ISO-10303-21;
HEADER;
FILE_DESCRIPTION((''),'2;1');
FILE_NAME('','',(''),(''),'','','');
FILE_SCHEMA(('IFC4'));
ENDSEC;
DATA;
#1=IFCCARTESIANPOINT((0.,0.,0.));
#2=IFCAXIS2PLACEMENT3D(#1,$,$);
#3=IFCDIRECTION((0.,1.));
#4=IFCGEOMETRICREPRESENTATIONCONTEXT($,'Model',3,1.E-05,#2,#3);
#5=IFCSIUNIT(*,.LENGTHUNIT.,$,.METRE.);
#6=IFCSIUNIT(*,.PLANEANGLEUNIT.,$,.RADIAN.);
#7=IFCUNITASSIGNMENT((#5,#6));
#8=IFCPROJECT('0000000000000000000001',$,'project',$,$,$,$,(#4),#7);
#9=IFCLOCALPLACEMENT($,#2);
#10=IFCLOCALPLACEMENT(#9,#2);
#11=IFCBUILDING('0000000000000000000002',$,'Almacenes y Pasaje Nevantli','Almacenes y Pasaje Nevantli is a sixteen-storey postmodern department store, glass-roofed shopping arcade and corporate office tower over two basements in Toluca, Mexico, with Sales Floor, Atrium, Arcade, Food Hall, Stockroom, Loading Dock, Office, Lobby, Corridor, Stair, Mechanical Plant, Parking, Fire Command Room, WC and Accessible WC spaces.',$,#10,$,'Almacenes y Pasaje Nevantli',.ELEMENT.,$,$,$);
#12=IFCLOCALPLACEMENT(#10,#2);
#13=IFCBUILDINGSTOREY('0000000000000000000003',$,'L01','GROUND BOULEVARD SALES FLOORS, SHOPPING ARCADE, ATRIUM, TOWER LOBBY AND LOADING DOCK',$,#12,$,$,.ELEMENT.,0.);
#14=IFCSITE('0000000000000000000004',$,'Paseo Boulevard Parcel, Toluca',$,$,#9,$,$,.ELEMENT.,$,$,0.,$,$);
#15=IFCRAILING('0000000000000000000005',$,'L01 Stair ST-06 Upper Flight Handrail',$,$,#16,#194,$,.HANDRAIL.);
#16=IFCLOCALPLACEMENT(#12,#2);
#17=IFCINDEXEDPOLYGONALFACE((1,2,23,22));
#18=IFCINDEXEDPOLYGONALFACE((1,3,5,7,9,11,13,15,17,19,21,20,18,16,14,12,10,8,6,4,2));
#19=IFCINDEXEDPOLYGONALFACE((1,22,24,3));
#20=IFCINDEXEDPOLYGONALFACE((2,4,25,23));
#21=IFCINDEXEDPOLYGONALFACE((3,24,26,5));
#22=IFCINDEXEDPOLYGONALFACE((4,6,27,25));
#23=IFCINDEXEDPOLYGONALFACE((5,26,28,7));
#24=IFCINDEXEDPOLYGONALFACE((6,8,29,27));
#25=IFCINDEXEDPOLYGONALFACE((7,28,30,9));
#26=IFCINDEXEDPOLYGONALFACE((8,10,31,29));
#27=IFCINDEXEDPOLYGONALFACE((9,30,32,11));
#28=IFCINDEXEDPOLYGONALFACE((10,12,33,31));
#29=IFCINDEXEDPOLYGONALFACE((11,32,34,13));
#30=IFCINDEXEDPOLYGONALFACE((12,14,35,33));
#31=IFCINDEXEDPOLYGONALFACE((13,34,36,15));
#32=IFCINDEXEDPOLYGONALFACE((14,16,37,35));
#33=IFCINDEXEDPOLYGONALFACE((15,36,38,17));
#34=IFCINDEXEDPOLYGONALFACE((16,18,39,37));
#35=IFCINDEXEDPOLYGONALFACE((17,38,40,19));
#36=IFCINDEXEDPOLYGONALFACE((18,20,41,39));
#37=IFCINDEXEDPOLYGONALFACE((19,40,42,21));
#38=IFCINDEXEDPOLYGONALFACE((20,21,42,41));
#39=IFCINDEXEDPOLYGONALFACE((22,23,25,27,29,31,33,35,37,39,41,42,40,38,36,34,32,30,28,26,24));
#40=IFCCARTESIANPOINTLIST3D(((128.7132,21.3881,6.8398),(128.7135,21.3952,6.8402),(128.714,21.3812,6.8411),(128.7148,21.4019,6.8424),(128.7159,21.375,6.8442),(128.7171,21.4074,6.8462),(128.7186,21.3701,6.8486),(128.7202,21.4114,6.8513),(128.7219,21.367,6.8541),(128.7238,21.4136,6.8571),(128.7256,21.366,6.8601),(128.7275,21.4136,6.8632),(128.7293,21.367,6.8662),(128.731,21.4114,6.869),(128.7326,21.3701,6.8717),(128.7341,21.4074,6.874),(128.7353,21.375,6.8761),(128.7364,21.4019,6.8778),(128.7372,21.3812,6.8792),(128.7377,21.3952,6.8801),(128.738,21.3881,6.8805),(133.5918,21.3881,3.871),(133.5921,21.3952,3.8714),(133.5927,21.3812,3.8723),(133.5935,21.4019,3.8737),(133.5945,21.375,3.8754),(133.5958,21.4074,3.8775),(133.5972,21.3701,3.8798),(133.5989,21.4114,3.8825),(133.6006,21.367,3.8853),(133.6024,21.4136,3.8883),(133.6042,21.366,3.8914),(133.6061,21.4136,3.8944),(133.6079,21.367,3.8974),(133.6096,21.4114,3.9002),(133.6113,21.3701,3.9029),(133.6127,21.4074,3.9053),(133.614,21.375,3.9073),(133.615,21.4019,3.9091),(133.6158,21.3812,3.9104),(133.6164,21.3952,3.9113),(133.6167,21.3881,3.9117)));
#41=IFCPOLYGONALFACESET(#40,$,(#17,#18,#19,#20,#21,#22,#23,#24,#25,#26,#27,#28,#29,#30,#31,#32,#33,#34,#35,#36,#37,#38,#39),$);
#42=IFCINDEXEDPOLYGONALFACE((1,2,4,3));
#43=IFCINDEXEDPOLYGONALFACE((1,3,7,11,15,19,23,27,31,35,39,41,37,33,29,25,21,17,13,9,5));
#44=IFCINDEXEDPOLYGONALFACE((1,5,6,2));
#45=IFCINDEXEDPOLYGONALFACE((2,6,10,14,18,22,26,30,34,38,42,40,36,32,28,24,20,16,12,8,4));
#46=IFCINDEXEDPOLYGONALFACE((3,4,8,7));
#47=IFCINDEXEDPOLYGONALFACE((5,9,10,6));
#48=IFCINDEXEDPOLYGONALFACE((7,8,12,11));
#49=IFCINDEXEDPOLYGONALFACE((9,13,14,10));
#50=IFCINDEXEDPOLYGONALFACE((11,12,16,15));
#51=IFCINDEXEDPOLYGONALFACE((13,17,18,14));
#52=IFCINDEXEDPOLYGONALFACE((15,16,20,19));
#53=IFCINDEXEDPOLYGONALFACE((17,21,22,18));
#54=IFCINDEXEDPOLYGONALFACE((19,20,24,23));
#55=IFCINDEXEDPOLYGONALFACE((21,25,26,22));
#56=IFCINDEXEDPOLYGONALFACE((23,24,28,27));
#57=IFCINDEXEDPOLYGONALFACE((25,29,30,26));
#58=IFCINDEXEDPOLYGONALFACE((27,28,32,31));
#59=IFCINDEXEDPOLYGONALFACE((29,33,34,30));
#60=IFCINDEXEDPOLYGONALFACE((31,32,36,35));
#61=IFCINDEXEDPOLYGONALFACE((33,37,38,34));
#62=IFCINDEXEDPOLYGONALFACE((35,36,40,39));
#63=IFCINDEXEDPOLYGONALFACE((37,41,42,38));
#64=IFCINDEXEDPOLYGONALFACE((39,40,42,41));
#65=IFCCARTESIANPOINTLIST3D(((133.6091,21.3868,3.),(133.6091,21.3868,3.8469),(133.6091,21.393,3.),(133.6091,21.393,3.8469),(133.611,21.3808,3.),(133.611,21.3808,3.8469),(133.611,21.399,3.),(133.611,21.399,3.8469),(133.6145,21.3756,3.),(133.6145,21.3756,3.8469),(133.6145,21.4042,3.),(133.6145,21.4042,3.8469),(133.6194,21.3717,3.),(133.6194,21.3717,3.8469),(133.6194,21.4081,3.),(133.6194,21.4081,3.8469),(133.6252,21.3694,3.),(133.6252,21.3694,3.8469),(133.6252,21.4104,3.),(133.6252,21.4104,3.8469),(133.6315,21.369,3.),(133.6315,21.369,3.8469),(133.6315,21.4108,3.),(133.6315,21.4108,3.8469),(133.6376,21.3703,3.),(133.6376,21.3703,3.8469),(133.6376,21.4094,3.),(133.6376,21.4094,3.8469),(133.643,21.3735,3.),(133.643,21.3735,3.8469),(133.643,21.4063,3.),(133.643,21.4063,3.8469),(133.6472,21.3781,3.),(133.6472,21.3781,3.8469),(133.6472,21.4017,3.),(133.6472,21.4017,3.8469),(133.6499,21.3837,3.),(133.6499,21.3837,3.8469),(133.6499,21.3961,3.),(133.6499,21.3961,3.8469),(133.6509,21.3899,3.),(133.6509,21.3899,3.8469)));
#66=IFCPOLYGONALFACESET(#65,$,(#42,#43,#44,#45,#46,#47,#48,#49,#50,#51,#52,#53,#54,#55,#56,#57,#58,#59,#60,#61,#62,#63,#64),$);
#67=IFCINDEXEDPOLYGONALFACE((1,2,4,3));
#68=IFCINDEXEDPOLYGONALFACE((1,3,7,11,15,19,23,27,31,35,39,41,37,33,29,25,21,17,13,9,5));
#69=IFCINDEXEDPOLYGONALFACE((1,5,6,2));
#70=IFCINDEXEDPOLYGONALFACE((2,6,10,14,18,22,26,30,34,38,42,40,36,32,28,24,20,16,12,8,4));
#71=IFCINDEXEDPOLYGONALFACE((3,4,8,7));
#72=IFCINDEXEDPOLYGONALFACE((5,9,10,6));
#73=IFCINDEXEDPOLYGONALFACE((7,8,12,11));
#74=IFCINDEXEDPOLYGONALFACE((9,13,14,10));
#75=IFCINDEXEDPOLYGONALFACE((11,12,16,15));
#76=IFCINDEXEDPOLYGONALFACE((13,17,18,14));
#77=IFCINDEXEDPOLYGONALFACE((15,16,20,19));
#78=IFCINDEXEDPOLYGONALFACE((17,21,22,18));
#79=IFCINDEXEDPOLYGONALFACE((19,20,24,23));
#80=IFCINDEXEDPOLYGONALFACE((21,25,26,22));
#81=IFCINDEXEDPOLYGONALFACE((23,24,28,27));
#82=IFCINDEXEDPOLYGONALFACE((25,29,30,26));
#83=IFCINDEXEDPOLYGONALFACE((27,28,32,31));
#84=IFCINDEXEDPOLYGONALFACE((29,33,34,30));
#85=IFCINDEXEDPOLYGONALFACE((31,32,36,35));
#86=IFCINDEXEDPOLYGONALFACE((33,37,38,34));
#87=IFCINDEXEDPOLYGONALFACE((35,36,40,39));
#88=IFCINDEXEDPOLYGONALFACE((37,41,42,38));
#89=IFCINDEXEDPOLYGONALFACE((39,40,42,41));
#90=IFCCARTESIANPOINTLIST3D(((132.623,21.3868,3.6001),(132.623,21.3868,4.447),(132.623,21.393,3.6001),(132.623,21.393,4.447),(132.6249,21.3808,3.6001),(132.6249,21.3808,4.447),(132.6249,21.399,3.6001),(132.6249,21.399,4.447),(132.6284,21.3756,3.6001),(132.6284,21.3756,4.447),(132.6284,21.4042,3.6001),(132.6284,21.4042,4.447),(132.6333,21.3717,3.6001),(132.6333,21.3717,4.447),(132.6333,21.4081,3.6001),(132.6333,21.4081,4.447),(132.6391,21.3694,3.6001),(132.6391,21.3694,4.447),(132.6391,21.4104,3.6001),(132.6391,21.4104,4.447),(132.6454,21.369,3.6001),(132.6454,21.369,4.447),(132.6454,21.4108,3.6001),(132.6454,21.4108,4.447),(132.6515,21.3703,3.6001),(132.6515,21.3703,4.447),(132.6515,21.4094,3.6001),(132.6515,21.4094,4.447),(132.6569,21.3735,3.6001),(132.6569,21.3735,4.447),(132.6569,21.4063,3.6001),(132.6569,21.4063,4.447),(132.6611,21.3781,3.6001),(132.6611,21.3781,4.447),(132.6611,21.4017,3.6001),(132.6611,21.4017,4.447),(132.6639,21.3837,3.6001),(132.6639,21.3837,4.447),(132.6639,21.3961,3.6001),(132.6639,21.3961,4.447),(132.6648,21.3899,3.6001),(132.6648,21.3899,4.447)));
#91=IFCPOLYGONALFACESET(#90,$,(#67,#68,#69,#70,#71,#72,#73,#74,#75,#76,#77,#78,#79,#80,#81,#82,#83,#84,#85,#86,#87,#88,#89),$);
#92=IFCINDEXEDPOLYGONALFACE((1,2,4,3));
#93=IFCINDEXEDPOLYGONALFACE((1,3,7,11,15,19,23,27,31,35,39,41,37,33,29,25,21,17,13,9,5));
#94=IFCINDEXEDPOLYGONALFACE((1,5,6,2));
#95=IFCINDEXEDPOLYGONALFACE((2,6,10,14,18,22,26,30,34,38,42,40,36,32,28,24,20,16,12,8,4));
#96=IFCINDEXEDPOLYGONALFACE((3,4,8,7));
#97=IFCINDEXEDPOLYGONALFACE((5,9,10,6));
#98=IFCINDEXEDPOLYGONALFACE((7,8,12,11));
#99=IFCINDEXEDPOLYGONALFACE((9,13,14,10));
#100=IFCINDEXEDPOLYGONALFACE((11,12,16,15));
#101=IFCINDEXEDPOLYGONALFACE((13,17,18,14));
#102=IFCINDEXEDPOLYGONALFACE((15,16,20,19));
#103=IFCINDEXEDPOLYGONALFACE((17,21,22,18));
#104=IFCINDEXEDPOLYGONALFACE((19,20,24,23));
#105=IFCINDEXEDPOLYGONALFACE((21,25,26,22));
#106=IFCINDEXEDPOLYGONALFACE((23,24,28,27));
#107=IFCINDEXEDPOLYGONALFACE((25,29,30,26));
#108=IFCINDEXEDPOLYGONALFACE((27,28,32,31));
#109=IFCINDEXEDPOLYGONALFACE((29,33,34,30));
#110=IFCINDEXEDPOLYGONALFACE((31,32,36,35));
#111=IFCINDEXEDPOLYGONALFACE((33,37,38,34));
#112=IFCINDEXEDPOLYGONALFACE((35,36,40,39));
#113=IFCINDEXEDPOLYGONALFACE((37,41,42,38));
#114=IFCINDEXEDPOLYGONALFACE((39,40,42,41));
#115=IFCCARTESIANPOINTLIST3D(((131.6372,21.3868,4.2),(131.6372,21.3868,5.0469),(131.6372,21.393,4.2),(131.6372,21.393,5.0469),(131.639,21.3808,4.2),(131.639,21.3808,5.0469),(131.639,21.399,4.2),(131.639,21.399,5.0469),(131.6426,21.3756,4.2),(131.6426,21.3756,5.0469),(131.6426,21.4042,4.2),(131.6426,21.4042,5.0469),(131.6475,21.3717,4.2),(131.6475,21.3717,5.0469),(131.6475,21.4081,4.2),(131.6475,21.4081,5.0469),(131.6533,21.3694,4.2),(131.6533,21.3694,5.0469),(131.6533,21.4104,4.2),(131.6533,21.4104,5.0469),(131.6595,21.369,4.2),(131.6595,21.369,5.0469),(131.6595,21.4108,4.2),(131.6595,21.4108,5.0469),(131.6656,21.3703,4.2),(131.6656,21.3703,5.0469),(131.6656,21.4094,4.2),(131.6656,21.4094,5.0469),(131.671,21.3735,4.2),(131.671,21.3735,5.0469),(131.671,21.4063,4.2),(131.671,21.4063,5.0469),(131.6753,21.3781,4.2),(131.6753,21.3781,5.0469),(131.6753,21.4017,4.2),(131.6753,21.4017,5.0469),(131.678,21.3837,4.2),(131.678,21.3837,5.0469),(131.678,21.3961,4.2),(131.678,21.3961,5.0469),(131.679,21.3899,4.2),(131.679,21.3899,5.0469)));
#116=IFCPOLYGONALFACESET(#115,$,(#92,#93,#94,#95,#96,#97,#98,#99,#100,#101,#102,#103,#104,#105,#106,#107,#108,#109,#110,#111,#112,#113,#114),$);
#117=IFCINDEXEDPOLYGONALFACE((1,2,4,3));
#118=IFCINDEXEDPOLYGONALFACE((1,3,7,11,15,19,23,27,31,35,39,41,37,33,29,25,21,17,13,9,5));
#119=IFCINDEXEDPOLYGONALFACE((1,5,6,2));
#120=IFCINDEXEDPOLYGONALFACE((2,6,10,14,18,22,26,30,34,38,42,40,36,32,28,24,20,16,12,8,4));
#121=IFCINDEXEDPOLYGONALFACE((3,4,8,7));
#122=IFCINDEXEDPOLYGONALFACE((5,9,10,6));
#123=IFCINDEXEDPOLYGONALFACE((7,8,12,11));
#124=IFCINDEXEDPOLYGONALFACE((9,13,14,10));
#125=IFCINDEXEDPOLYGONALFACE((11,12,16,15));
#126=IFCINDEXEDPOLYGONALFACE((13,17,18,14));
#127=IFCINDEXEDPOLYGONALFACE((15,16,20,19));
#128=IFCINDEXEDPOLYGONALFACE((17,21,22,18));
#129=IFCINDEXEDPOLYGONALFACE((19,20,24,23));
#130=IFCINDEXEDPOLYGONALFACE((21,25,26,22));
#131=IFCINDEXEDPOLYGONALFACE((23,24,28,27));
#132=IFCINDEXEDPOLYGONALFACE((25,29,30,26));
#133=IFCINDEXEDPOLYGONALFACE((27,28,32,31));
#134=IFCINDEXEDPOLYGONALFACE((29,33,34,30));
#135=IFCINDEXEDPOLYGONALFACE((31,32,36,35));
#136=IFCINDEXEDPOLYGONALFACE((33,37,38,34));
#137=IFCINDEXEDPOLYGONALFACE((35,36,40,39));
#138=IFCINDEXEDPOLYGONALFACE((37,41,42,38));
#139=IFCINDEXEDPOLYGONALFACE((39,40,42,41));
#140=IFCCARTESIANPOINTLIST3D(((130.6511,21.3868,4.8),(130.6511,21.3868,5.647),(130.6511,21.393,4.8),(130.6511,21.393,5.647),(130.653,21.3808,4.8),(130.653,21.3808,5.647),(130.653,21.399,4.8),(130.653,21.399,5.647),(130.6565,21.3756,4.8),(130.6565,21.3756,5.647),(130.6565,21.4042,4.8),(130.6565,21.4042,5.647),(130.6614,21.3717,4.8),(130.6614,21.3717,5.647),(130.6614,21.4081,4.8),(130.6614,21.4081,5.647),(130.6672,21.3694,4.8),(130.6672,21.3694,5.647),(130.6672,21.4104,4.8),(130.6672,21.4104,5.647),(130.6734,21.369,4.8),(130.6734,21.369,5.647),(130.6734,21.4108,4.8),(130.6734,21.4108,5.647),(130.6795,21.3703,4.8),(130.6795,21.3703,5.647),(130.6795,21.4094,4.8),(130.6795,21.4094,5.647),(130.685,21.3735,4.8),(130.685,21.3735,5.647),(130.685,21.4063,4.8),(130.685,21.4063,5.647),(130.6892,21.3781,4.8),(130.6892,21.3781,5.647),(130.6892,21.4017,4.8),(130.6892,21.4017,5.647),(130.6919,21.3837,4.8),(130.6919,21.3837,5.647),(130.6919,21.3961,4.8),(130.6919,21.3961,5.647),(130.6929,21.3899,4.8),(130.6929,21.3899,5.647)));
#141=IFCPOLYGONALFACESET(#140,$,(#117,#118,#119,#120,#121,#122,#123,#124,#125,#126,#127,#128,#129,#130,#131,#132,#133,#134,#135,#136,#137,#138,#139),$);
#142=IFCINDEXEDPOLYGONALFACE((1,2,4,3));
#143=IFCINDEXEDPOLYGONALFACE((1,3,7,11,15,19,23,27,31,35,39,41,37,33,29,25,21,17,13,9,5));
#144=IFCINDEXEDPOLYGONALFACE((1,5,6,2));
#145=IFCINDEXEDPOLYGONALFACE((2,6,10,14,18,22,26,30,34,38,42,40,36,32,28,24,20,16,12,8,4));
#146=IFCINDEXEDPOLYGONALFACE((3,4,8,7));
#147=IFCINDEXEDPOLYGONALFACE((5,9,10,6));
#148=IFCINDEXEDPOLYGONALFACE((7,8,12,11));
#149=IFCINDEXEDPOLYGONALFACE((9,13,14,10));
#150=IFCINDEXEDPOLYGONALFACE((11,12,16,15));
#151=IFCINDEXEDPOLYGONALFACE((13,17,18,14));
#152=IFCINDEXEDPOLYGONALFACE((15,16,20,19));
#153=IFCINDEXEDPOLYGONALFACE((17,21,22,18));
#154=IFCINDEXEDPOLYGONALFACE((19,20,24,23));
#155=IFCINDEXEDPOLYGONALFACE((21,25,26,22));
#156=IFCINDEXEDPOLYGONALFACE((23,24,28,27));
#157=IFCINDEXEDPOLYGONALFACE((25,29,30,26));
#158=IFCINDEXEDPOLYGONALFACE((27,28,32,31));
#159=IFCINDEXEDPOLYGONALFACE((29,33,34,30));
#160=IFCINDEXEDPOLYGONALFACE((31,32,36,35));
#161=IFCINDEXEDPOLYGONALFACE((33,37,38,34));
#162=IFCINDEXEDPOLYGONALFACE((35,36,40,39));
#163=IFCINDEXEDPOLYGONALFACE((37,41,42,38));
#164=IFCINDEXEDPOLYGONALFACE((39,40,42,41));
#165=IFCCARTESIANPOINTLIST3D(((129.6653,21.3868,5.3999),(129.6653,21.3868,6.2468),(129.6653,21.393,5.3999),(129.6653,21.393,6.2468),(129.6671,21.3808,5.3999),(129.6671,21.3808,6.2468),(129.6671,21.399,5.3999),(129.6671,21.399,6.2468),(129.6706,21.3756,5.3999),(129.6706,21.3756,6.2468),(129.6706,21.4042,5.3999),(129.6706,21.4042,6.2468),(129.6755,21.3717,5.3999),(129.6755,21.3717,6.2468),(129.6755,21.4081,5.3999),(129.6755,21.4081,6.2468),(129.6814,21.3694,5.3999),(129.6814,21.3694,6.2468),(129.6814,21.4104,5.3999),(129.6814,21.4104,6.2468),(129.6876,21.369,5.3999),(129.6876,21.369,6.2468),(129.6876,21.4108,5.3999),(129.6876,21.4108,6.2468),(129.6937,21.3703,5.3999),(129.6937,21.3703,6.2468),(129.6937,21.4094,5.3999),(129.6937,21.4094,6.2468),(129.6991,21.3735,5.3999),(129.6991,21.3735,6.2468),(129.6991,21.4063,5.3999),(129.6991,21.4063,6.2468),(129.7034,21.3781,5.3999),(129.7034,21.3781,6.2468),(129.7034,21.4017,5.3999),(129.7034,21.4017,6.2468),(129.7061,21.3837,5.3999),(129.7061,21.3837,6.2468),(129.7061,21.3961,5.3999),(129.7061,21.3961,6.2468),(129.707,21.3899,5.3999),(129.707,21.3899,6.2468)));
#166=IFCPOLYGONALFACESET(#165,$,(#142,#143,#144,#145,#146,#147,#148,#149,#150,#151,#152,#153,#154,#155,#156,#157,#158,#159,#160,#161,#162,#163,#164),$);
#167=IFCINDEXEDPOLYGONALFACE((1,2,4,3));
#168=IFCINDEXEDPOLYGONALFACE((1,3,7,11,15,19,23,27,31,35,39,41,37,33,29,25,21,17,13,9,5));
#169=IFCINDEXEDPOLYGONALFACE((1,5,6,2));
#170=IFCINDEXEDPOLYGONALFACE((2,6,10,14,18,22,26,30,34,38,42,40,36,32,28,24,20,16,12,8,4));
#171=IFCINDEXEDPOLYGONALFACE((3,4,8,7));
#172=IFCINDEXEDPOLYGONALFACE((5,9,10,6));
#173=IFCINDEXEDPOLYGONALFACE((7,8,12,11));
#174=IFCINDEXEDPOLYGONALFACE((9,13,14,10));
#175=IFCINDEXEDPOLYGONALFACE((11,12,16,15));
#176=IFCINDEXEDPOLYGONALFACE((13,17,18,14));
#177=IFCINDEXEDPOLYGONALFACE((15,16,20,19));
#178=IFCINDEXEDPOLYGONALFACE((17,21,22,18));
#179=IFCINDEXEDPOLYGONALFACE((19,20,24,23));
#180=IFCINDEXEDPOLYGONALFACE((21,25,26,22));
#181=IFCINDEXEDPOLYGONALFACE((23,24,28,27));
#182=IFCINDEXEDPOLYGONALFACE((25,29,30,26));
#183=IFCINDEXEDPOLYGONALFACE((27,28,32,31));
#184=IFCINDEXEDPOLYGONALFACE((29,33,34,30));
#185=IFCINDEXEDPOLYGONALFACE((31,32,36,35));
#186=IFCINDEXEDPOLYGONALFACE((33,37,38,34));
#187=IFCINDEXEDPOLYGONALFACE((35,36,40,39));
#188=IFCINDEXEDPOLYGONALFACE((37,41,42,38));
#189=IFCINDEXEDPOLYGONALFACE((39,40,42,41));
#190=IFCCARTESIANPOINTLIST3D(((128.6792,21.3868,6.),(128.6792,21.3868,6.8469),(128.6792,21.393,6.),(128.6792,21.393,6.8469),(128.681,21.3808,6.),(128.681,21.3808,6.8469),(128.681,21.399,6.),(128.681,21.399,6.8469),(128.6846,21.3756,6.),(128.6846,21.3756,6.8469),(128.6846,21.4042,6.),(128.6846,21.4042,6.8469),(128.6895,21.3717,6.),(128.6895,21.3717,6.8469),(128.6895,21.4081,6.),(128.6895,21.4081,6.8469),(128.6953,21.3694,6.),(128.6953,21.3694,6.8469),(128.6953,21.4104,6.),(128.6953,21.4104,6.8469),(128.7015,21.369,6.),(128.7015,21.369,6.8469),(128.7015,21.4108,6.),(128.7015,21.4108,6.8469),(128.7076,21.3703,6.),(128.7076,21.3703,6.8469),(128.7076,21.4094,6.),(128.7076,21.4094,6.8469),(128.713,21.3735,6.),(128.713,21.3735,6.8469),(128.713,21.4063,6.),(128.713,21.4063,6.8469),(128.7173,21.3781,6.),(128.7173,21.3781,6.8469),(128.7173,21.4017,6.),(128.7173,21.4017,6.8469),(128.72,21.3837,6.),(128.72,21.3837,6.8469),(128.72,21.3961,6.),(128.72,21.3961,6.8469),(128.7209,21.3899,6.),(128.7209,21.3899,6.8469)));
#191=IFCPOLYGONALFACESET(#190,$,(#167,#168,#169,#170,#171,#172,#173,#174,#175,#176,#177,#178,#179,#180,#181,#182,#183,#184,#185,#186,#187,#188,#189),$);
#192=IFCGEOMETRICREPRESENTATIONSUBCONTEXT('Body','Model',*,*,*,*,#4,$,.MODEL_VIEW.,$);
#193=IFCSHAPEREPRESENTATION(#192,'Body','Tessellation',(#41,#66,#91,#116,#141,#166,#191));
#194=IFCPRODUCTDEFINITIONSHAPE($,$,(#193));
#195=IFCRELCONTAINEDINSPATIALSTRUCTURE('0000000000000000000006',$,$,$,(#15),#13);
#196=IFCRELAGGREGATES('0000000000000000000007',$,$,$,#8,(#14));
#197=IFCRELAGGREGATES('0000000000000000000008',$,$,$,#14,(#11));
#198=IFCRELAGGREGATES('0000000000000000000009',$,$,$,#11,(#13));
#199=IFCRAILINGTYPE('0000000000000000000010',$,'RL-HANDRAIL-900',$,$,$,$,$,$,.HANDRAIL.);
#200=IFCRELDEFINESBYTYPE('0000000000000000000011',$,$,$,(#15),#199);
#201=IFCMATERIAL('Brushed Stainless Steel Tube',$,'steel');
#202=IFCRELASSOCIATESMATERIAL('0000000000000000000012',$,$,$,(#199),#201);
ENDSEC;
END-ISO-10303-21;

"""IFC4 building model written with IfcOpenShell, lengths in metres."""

from ifc_helpers import new_model, si_unit, direction, frame, origin, origin_2d, place, context, subcontext, project, spatial, circle, extrude, material, type_object, element, save


model = new_model("IFC4")

# Units and contexts
model_context = context("Model", 3, precision=1e-05, world=origin(), true_north=direction((0.0, 1.0)))
body_context = subcontext(model_context, "Body", "Model", "MODEL_VIEW")
ifc_project = project(units=[si_unit("LENGTHUNIT", "METRE"), si_unit("PLANEANGLEUNIT", "RADIAN")], contexts=[model_context])

# Site, building, storey
site_placement = place(None, origin())
site = spatial("IfcSite", under=ifc_project, at=site_placement, Name="Paseo Boulevard Parcel, Toluca", CompositionType="ELEMENT", RefElevation=0.0)
building_placement = place(site_placement, origin())
building = spatial("IfcBuilding", under=site, at=building_placement, Name="Almacenes y Pasaje Nevantli", Description="Almacenes y Pasaje Nevantli is a sixteen-storey postmodern department store, glass-roofed shopping arcade and corporate office tower over two basements in Toluca, Mexico, with Sales Floor, Atrium, Arcade, Food Hall, Stockroom, Loading Dock, Office, Lobby, Corridor, Stair, Mechanical Plant, Parking, Fire Command Room, WC and Accessible WC spaces.", LongName="Almacenes y Pasaje Nevantli", CompositionType="ELEMENT")
storey_placement = place(building_placement, origin())
storey = spatial("IfcBuildingStorey", under=building, at=storey_placement, Name="L01", Description="GROUND BOULEVARD SALES FLOORS, SHOPPING ARCADE, ATRIUM, TOWER LOBBY AND LOADING DOCK", CompositionType="ELEMENT", Elevation=0.0)

# Railing
ifc_material_1 = material(Name="Brushed Stainless Steel Tube", Category="steel")
railing_type_1 = type_object("IfcRailingType", Name="RL-HANDRAIL-900", PredefinedType="HANDRAIL", material=ifc_material_1)
railing_1_placement = place(storey_placement, frame((133.6299, 21.3899, 3.0)))
element("IfcRailing", 1, at=railing_1_placement, inside=storey, type_object=railing_type_1, Name="L01 Stair ST-06 Upper Flight Handrail", PredefinedType="HANDRAIL", context=body_context, shape_type="SweptSolid", body=[
    extrude(circle(Radius=0.0239, at=origin_2d()), frame((-0.0256, 0.0, 0.8914), z_axis=(-0.854262, 0.0, 0.519842), x_axis=(0.0, -1.0, 0.0)), (0.0, 0.0, 1.0), 5.7109),
    extrude(circle(Radius=0.021, at=origin_2d()), origin(), (0.0, 0.0, 1.0), 0.8469),
    extrude(circle(Radius=0.021, at=origin_2d()), frame((-0.9861, 0.0, 0.6001)), (0.0, 0.0, 1.0), 0.8469),
    extrude(circle(Radius=0.021, at=origin_2d()), frame((-1.9719, 0.0, 1.2)), (0.0, 0.0, 1.0), 0.8469),
    extrude(circle(Radius=0.021, at=origin_2d()), frame((-2.958, 0.0, 1.8)), (0.0, 0.0, 1.0), 0.8469),
    extrude(circle(Radius=0.021, at=origin_2d()), frame((-3.9438, 0.0, 2.3999)), (0.0, 0.0, 1.0), 0.8469),
    extrude(circle(Radius=0.021, at=origin_2d()), frame((-4.9299, 0.0, 3.0)), (0.0, 0.0, 1.0), 0.8469),
])

save(model, "model.ifc")
